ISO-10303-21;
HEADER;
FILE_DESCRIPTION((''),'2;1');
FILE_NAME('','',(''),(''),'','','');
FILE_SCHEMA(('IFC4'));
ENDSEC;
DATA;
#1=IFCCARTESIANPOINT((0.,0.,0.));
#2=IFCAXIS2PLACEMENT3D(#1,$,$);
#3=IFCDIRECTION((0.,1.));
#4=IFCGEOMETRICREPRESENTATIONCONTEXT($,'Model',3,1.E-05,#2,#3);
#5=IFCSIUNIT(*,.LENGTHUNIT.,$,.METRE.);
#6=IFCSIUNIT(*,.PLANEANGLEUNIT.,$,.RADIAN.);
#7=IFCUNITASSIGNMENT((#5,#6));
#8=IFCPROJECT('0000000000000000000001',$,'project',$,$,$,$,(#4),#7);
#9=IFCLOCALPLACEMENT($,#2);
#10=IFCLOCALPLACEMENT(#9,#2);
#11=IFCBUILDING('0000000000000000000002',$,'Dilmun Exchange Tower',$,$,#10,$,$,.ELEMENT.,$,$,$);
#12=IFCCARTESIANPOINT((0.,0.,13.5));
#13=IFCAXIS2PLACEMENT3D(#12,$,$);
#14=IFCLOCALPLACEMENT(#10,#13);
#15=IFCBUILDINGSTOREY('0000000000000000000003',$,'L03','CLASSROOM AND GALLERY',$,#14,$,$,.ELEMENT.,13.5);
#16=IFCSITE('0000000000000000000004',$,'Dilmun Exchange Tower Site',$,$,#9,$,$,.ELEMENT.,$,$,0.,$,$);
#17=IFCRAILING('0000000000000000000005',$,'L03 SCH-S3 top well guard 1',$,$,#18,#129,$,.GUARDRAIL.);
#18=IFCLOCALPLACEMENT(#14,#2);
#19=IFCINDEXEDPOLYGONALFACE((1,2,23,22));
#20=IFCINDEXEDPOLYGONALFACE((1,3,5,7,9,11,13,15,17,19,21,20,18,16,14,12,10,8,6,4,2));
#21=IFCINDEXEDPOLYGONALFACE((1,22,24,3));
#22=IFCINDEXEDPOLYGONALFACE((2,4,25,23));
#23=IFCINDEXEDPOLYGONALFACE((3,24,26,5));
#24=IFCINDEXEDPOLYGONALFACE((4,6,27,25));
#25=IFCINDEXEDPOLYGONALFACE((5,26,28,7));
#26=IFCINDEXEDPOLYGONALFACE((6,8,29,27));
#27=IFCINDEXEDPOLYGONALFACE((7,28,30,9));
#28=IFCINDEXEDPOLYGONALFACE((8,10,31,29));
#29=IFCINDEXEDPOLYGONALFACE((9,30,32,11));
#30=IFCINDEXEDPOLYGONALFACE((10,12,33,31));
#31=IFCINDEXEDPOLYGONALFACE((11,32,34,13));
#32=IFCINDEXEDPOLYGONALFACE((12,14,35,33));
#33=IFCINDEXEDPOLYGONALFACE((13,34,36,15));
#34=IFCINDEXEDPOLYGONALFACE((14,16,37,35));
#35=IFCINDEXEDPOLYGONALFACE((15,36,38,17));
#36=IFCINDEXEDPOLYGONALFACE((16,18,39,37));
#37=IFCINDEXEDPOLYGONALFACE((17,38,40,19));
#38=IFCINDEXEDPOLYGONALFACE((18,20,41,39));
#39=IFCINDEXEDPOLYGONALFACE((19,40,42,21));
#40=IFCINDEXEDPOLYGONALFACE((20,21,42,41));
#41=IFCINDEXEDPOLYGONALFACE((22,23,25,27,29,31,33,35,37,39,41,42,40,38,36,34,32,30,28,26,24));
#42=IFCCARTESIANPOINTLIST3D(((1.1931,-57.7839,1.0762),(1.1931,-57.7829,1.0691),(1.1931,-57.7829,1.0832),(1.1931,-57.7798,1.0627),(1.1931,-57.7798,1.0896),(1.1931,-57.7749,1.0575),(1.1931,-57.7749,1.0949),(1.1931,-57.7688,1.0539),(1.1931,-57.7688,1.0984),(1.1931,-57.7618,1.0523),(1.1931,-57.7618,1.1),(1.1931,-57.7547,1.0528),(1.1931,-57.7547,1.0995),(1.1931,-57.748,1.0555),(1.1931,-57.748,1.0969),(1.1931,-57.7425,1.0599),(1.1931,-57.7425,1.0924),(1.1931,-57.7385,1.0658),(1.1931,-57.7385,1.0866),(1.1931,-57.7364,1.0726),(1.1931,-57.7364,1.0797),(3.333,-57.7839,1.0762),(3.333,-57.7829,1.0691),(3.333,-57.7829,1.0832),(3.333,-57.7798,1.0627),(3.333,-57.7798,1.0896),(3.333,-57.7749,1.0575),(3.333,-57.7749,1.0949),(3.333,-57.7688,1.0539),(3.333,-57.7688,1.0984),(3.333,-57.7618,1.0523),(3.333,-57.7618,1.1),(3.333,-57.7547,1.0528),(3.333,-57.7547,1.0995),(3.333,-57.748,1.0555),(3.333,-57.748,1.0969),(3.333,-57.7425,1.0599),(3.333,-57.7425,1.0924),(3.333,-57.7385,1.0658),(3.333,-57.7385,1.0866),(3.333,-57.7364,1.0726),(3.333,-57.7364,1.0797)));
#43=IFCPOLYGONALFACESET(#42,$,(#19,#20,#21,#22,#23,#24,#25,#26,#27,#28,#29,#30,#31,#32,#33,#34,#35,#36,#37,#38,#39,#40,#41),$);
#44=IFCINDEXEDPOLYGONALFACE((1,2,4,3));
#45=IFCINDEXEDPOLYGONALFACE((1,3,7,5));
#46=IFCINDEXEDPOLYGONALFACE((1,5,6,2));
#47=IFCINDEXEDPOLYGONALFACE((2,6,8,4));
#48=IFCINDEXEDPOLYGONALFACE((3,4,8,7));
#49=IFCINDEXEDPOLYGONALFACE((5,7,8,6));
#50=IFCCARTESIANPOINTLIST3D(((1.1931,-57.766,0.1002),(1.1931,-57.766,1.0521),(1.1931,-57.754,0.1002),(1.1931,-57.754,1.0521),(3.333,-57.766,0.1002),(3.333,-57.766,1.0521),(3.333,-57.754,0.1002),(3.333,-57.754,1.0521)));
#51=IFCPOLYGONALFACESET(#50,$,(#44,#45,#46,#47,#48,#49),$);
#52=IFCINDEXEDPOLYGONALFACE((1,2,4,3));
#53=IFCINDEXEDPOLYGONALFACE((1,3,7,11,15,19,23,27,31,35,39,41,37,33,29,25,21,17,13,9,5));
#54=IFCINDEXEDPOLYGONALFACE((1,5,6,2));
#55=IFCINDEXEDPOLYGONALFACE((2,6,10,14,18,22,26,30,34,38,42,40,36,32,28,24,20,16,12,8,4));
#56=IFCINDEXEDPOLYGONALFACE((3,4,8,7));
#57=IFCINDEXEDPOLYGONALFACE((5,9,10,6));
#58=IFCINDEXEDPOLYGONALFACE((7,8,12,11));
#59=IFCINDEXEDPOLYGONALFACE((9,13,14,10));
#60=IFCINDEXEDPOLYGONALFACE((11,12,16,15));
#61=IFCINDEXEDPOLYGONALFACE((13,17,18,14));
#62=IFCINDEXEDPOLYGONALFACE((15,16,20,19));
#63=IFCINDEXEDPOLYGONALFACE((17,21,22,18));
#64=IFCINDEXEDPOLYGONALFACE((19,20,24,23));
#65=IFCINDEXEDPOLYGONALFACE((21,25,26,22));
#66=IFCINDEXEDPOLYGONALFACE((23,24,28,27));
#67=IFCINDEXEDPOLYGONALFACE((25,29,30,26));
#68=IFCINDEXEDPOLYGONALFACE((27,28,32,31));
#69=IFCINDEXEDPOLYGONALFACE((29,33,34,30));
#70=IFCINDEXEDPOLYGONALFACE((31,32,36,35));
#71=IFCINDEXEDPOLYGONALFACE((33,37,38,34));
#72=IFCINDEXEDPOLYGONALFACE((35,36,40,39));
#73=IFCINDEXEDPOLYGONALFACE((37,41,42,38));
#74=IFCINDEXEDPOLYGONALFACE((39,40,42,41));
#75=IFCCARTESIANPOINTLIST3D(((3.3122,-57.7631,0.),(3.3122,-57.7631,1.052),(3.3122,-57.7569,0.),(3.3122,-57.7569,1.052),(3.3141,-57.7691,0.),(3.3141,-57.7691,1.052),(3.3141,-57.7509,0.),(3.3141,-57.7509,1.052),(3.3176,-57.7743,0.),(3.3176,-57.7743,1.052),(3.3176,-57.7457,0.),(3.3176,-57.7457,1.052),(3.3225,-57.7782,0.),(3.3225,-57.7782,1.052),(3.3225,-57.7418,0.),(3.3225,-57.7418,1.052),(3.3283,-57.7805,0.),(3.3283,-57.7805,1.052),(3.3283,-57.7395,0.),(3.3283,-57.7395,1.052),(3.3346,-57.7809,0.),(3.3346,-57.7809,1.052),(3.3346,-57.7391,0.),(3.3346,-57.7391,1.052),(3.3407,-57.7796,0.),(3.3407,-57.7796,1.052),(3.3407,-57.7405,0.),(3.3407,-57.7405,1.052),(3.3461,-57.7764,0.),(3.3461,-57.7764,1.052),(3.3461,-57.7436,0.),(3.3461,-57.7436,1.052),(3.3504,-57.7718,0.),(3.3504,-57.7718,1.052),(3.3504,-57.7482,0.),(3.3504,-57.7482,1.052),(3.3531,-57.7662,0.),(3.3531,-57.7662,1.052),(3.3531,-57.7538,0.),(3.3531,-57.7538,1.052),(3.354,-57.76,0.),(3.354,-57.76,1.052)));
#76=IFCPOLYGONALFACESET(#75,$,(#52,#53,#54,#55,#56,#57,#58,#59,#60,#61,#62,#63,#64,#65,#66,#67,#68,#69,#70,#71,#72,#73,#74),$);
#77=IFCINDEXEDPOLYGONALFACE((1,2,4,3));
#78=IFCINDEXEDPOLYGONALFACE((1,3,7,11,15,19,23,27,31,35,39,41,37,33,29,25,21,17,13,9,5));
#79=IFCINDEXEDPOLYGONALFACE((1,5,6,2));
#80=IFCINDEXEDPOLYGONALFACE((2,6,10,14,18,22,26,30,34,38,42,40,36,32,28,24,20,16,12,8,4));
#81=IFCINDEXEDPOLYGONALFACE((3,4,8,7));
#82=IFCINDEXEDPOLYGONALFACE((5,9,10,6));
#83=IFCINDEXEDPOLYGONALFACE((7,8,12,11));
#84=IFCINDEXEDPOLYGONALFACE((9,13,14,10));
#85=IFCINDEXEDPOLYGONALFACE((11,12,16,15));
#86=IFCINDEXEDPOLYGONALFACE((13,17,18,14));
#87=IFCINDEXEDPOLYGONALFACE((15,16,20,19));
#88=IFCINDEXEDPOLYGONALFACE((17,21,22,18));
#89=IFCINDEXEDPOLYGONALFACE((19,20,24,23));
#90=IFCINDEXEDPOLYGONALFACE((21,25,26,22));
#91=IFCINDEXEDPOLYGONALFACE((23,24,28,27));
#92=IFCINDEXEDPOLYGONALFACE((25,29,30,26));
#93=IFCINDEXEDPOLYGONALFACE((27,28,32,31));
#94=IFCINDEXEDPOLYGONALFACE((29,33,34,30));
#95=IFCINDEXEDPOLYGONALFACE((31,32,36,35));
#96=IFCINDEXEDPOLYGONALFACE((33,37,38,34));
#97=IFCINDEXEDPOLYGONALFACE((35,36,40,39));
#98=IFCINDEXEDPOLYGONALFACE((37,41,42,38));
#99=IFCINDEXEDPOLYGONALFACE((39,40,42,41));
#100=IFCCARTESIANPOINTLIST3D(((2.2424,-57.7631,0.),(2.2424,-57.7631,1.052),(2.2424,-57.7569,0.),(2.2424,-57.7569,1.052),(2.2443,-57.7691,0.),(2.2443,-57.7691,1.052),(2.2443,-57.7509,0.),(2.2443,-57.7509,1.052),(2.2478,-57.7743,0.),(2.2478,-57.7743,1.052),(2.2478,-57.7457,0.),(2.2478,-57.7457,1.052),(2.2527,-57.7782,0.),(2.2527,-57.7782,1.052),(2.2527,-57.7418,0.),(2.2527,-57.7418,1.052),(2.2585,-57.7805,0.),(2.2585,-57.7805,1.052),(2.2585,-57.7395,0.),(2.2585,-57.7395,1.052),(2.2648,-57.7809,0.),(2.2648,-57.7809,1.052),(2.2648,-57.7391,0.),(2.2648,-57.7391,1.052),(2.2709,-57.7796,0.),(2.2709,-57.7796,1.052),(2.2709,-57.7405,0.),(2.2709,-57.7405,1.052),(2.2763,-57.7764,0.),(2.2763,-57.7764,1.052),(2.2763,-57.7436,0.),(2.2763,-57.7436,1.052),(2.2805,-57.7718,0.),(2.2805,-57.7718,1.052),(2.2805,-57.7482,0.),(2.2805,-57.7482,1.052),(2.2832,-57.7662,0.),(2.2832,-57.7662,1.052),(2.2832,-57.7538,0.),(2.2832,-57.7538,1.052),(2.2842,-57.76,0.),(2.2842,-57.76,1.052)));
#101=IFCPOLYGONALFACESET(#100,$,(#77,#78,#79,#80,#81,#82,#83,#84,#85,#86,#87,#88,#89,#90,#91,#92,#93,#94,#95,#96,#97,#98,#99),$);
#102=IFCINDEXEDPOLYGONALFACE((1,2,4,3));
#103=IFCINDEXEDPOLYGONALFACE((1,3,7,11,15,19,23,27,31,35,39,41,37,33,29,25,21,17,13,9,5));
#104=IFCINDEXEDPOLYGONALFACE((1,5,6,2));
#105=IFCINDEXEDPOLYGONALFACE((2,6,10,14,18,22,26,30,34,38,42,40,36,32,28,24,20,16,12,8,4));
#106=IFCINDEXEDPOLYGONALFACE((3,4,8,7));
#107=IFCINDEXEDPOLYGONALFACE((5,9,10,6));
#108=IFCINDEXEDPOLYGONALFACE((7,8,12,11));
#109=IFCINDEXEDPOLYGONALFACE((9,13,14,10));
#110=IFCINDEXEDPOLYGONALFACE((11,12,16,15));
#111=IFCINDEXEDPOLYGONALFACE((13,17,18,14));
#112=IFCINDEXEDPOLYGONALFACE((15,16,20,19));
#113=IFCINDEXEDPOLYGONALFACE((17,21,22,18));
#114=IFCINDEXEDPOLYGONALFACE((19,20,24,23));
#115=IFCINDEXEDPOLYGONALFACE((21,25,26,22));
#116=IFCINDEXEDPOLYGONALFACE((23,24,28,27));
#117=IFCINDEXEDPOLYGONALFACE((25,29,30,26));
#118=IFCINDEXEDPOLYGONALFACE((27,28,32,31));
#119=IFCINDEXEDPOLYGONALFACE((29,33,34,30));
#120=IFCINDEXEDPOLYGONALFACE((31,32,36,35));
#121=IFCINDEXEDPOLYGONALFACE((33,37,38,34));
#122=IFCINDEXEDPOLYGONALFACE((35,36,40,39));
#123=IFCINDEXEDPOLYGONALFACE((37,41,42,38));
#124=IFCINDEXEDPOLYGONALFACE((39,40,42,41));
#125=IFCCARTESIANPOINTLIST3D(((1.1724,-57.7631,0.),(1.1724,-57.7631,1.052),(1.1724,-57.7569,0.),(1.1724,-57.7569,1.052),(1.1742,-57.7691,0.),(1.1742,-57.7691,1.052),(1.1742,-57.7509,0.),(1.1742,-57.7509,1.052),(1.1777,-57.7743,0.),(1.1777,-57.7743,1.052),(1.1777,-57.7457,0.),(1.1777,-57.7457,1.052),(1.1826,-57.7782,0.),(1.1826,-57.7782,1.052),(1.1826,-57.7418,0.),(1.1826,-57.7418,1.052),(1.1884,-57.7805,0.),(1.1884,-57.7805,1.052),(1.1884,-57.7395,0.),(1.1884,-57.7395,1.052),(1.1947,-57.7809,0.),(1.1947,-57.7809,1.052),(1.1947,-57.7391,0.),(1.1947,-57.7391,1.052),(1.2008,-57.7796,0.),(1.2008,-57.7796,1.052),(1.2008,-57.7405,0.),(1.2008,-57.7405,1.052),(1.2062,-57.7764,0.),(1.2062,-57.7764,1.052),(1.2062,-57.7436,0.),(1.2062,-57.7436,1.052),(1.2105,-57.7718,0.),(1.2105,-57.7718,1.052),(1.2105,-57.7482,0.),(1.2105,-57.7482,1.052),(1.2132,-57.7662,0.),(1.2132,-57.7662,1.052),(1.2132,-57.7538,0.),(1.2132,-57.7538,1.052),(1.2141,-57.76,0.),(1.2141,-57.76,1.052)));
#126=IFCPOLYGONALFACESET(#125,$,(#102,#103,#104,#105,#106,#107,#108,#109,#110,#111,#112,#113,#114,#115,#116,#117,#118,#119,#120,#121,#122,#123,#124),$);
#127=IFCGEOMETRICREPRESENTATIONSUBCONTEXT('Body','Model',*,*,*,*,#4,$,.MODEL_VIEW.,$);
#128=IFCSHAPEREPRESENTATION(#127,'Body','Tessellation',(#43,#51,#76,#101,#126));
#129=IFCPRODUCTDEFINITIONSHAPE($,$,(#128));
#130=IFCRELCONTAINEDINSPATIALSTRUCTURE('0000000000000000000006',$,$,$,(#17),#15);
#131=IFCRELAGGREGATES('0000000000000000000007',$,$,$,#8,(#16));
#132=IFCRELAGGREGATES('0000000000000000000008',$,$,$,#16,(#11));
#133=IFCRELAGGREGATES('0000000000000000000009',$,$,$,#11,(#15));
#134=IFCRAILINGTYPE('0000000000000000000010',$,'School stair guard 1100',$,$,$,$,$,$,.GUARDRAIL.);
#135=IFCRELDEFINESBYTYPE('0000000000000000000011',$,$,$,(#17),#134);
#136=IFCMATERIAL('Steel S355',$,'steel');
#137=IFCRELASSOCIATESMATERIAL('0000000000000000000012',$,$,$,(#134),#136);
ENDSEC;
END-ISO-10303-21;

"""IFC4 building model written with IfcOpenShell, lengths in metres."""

from ifc_helpers import new_model, si_unit, direction, frame, origin, origin_2d, place, context, subcontext, project, spatial, rectangle, circle, extrude, material, type_object, element, save


model = new_model("IFC4")

# Units and contexts
model_context = context("Model", 3, precision=1e-05, world=origin(), true_north=direction((0.0, 1.0)))
body_context = subcontext(model_context, "Body", "Model", "MODEL_VIEW")
ifc_project = project(units=[si_unit("LENGTHUNIT", "METRE"), si_unit("PLANEANGLEUNIT", "RADIAN")], contexts=[model_context])

# Site, building, storey
site_placement = place(None, origin())
site = spatial("IfcSite", under=ifc_project, at=site_placement, Name="Dilmun Exchange Tower Site", CompositionType="ELEMENT", RefElevation=0.0)
building_placement = place(site_placement, origin())
building = spatial("IfcBuilding", under=site, at=building_placement, Name="Dilmun Exchange Tower", CompositionType="ELEMENT")
storey_placement = place(building_placement, frame((0.0, 0.0, 13.5)))
storey = spatial("IfcBuildingStorey", under=building, at=storey_placement, Name="L03", Description="CLASSROOM AND GALLERY", CompositionType="ELEMENT", Elevation=13.5)

# Railing
ifc_material_1 = material(Name="Steel S355", Category="steel")
railing_type = type_object("IfcRailingType", Name="School stair guard 1100", PredefinedType="GUARDRAIL", material=ifc_material_1)
railing_placement = place(storey_placement, frame((3.333, -57.76, 0.0)))
element("IfcRailing", 1, at=railing_placement, inside=storey, type_object=railing_type, Name="L03 SCH-S3 top well guard 1", PredefinedType="GUARDRAIL", context=body_context, shape_type="SweptSolid", body=[
    extrude(circle(Radius=0.0239, at=origin_2d()), frame((0.0, 0.0, 1.0762), z_axis=(-1.0, 0.0, 0.0), x_axis=(0.0, -1.0, 0.0)), (0.0, 0.0, 1.0), 2.1399),
    extrude(rectangle(XDim=0.012, YDim=0.9519, at=origin_2d()), frame((0.0, 0.0, 0.5762), z_axis=(-1.0, 0.0, 0.0), x_axis=(0.0, -1.0, 0.0)), (0.0, 0.0, 1.0), 2.1399),
    extrude(circle(Radius=0.021, at=origin_2d()), origin(), (0.0, 0.0, 1.0), 1.052),
    extrude(circle(Radius=0.021, at=origin_2d()), frame((-1.0698, 0.0, 0.0)), (0.0, 0.0, 1.0), 1.052),
    extrude(circle(Radius=0.021, at=origin_2d()), frame((-2.1399, 0.0, 0.0)), (0.0, 0.0, 1.0), 1.052),
])

save(model, "model.ifc")
